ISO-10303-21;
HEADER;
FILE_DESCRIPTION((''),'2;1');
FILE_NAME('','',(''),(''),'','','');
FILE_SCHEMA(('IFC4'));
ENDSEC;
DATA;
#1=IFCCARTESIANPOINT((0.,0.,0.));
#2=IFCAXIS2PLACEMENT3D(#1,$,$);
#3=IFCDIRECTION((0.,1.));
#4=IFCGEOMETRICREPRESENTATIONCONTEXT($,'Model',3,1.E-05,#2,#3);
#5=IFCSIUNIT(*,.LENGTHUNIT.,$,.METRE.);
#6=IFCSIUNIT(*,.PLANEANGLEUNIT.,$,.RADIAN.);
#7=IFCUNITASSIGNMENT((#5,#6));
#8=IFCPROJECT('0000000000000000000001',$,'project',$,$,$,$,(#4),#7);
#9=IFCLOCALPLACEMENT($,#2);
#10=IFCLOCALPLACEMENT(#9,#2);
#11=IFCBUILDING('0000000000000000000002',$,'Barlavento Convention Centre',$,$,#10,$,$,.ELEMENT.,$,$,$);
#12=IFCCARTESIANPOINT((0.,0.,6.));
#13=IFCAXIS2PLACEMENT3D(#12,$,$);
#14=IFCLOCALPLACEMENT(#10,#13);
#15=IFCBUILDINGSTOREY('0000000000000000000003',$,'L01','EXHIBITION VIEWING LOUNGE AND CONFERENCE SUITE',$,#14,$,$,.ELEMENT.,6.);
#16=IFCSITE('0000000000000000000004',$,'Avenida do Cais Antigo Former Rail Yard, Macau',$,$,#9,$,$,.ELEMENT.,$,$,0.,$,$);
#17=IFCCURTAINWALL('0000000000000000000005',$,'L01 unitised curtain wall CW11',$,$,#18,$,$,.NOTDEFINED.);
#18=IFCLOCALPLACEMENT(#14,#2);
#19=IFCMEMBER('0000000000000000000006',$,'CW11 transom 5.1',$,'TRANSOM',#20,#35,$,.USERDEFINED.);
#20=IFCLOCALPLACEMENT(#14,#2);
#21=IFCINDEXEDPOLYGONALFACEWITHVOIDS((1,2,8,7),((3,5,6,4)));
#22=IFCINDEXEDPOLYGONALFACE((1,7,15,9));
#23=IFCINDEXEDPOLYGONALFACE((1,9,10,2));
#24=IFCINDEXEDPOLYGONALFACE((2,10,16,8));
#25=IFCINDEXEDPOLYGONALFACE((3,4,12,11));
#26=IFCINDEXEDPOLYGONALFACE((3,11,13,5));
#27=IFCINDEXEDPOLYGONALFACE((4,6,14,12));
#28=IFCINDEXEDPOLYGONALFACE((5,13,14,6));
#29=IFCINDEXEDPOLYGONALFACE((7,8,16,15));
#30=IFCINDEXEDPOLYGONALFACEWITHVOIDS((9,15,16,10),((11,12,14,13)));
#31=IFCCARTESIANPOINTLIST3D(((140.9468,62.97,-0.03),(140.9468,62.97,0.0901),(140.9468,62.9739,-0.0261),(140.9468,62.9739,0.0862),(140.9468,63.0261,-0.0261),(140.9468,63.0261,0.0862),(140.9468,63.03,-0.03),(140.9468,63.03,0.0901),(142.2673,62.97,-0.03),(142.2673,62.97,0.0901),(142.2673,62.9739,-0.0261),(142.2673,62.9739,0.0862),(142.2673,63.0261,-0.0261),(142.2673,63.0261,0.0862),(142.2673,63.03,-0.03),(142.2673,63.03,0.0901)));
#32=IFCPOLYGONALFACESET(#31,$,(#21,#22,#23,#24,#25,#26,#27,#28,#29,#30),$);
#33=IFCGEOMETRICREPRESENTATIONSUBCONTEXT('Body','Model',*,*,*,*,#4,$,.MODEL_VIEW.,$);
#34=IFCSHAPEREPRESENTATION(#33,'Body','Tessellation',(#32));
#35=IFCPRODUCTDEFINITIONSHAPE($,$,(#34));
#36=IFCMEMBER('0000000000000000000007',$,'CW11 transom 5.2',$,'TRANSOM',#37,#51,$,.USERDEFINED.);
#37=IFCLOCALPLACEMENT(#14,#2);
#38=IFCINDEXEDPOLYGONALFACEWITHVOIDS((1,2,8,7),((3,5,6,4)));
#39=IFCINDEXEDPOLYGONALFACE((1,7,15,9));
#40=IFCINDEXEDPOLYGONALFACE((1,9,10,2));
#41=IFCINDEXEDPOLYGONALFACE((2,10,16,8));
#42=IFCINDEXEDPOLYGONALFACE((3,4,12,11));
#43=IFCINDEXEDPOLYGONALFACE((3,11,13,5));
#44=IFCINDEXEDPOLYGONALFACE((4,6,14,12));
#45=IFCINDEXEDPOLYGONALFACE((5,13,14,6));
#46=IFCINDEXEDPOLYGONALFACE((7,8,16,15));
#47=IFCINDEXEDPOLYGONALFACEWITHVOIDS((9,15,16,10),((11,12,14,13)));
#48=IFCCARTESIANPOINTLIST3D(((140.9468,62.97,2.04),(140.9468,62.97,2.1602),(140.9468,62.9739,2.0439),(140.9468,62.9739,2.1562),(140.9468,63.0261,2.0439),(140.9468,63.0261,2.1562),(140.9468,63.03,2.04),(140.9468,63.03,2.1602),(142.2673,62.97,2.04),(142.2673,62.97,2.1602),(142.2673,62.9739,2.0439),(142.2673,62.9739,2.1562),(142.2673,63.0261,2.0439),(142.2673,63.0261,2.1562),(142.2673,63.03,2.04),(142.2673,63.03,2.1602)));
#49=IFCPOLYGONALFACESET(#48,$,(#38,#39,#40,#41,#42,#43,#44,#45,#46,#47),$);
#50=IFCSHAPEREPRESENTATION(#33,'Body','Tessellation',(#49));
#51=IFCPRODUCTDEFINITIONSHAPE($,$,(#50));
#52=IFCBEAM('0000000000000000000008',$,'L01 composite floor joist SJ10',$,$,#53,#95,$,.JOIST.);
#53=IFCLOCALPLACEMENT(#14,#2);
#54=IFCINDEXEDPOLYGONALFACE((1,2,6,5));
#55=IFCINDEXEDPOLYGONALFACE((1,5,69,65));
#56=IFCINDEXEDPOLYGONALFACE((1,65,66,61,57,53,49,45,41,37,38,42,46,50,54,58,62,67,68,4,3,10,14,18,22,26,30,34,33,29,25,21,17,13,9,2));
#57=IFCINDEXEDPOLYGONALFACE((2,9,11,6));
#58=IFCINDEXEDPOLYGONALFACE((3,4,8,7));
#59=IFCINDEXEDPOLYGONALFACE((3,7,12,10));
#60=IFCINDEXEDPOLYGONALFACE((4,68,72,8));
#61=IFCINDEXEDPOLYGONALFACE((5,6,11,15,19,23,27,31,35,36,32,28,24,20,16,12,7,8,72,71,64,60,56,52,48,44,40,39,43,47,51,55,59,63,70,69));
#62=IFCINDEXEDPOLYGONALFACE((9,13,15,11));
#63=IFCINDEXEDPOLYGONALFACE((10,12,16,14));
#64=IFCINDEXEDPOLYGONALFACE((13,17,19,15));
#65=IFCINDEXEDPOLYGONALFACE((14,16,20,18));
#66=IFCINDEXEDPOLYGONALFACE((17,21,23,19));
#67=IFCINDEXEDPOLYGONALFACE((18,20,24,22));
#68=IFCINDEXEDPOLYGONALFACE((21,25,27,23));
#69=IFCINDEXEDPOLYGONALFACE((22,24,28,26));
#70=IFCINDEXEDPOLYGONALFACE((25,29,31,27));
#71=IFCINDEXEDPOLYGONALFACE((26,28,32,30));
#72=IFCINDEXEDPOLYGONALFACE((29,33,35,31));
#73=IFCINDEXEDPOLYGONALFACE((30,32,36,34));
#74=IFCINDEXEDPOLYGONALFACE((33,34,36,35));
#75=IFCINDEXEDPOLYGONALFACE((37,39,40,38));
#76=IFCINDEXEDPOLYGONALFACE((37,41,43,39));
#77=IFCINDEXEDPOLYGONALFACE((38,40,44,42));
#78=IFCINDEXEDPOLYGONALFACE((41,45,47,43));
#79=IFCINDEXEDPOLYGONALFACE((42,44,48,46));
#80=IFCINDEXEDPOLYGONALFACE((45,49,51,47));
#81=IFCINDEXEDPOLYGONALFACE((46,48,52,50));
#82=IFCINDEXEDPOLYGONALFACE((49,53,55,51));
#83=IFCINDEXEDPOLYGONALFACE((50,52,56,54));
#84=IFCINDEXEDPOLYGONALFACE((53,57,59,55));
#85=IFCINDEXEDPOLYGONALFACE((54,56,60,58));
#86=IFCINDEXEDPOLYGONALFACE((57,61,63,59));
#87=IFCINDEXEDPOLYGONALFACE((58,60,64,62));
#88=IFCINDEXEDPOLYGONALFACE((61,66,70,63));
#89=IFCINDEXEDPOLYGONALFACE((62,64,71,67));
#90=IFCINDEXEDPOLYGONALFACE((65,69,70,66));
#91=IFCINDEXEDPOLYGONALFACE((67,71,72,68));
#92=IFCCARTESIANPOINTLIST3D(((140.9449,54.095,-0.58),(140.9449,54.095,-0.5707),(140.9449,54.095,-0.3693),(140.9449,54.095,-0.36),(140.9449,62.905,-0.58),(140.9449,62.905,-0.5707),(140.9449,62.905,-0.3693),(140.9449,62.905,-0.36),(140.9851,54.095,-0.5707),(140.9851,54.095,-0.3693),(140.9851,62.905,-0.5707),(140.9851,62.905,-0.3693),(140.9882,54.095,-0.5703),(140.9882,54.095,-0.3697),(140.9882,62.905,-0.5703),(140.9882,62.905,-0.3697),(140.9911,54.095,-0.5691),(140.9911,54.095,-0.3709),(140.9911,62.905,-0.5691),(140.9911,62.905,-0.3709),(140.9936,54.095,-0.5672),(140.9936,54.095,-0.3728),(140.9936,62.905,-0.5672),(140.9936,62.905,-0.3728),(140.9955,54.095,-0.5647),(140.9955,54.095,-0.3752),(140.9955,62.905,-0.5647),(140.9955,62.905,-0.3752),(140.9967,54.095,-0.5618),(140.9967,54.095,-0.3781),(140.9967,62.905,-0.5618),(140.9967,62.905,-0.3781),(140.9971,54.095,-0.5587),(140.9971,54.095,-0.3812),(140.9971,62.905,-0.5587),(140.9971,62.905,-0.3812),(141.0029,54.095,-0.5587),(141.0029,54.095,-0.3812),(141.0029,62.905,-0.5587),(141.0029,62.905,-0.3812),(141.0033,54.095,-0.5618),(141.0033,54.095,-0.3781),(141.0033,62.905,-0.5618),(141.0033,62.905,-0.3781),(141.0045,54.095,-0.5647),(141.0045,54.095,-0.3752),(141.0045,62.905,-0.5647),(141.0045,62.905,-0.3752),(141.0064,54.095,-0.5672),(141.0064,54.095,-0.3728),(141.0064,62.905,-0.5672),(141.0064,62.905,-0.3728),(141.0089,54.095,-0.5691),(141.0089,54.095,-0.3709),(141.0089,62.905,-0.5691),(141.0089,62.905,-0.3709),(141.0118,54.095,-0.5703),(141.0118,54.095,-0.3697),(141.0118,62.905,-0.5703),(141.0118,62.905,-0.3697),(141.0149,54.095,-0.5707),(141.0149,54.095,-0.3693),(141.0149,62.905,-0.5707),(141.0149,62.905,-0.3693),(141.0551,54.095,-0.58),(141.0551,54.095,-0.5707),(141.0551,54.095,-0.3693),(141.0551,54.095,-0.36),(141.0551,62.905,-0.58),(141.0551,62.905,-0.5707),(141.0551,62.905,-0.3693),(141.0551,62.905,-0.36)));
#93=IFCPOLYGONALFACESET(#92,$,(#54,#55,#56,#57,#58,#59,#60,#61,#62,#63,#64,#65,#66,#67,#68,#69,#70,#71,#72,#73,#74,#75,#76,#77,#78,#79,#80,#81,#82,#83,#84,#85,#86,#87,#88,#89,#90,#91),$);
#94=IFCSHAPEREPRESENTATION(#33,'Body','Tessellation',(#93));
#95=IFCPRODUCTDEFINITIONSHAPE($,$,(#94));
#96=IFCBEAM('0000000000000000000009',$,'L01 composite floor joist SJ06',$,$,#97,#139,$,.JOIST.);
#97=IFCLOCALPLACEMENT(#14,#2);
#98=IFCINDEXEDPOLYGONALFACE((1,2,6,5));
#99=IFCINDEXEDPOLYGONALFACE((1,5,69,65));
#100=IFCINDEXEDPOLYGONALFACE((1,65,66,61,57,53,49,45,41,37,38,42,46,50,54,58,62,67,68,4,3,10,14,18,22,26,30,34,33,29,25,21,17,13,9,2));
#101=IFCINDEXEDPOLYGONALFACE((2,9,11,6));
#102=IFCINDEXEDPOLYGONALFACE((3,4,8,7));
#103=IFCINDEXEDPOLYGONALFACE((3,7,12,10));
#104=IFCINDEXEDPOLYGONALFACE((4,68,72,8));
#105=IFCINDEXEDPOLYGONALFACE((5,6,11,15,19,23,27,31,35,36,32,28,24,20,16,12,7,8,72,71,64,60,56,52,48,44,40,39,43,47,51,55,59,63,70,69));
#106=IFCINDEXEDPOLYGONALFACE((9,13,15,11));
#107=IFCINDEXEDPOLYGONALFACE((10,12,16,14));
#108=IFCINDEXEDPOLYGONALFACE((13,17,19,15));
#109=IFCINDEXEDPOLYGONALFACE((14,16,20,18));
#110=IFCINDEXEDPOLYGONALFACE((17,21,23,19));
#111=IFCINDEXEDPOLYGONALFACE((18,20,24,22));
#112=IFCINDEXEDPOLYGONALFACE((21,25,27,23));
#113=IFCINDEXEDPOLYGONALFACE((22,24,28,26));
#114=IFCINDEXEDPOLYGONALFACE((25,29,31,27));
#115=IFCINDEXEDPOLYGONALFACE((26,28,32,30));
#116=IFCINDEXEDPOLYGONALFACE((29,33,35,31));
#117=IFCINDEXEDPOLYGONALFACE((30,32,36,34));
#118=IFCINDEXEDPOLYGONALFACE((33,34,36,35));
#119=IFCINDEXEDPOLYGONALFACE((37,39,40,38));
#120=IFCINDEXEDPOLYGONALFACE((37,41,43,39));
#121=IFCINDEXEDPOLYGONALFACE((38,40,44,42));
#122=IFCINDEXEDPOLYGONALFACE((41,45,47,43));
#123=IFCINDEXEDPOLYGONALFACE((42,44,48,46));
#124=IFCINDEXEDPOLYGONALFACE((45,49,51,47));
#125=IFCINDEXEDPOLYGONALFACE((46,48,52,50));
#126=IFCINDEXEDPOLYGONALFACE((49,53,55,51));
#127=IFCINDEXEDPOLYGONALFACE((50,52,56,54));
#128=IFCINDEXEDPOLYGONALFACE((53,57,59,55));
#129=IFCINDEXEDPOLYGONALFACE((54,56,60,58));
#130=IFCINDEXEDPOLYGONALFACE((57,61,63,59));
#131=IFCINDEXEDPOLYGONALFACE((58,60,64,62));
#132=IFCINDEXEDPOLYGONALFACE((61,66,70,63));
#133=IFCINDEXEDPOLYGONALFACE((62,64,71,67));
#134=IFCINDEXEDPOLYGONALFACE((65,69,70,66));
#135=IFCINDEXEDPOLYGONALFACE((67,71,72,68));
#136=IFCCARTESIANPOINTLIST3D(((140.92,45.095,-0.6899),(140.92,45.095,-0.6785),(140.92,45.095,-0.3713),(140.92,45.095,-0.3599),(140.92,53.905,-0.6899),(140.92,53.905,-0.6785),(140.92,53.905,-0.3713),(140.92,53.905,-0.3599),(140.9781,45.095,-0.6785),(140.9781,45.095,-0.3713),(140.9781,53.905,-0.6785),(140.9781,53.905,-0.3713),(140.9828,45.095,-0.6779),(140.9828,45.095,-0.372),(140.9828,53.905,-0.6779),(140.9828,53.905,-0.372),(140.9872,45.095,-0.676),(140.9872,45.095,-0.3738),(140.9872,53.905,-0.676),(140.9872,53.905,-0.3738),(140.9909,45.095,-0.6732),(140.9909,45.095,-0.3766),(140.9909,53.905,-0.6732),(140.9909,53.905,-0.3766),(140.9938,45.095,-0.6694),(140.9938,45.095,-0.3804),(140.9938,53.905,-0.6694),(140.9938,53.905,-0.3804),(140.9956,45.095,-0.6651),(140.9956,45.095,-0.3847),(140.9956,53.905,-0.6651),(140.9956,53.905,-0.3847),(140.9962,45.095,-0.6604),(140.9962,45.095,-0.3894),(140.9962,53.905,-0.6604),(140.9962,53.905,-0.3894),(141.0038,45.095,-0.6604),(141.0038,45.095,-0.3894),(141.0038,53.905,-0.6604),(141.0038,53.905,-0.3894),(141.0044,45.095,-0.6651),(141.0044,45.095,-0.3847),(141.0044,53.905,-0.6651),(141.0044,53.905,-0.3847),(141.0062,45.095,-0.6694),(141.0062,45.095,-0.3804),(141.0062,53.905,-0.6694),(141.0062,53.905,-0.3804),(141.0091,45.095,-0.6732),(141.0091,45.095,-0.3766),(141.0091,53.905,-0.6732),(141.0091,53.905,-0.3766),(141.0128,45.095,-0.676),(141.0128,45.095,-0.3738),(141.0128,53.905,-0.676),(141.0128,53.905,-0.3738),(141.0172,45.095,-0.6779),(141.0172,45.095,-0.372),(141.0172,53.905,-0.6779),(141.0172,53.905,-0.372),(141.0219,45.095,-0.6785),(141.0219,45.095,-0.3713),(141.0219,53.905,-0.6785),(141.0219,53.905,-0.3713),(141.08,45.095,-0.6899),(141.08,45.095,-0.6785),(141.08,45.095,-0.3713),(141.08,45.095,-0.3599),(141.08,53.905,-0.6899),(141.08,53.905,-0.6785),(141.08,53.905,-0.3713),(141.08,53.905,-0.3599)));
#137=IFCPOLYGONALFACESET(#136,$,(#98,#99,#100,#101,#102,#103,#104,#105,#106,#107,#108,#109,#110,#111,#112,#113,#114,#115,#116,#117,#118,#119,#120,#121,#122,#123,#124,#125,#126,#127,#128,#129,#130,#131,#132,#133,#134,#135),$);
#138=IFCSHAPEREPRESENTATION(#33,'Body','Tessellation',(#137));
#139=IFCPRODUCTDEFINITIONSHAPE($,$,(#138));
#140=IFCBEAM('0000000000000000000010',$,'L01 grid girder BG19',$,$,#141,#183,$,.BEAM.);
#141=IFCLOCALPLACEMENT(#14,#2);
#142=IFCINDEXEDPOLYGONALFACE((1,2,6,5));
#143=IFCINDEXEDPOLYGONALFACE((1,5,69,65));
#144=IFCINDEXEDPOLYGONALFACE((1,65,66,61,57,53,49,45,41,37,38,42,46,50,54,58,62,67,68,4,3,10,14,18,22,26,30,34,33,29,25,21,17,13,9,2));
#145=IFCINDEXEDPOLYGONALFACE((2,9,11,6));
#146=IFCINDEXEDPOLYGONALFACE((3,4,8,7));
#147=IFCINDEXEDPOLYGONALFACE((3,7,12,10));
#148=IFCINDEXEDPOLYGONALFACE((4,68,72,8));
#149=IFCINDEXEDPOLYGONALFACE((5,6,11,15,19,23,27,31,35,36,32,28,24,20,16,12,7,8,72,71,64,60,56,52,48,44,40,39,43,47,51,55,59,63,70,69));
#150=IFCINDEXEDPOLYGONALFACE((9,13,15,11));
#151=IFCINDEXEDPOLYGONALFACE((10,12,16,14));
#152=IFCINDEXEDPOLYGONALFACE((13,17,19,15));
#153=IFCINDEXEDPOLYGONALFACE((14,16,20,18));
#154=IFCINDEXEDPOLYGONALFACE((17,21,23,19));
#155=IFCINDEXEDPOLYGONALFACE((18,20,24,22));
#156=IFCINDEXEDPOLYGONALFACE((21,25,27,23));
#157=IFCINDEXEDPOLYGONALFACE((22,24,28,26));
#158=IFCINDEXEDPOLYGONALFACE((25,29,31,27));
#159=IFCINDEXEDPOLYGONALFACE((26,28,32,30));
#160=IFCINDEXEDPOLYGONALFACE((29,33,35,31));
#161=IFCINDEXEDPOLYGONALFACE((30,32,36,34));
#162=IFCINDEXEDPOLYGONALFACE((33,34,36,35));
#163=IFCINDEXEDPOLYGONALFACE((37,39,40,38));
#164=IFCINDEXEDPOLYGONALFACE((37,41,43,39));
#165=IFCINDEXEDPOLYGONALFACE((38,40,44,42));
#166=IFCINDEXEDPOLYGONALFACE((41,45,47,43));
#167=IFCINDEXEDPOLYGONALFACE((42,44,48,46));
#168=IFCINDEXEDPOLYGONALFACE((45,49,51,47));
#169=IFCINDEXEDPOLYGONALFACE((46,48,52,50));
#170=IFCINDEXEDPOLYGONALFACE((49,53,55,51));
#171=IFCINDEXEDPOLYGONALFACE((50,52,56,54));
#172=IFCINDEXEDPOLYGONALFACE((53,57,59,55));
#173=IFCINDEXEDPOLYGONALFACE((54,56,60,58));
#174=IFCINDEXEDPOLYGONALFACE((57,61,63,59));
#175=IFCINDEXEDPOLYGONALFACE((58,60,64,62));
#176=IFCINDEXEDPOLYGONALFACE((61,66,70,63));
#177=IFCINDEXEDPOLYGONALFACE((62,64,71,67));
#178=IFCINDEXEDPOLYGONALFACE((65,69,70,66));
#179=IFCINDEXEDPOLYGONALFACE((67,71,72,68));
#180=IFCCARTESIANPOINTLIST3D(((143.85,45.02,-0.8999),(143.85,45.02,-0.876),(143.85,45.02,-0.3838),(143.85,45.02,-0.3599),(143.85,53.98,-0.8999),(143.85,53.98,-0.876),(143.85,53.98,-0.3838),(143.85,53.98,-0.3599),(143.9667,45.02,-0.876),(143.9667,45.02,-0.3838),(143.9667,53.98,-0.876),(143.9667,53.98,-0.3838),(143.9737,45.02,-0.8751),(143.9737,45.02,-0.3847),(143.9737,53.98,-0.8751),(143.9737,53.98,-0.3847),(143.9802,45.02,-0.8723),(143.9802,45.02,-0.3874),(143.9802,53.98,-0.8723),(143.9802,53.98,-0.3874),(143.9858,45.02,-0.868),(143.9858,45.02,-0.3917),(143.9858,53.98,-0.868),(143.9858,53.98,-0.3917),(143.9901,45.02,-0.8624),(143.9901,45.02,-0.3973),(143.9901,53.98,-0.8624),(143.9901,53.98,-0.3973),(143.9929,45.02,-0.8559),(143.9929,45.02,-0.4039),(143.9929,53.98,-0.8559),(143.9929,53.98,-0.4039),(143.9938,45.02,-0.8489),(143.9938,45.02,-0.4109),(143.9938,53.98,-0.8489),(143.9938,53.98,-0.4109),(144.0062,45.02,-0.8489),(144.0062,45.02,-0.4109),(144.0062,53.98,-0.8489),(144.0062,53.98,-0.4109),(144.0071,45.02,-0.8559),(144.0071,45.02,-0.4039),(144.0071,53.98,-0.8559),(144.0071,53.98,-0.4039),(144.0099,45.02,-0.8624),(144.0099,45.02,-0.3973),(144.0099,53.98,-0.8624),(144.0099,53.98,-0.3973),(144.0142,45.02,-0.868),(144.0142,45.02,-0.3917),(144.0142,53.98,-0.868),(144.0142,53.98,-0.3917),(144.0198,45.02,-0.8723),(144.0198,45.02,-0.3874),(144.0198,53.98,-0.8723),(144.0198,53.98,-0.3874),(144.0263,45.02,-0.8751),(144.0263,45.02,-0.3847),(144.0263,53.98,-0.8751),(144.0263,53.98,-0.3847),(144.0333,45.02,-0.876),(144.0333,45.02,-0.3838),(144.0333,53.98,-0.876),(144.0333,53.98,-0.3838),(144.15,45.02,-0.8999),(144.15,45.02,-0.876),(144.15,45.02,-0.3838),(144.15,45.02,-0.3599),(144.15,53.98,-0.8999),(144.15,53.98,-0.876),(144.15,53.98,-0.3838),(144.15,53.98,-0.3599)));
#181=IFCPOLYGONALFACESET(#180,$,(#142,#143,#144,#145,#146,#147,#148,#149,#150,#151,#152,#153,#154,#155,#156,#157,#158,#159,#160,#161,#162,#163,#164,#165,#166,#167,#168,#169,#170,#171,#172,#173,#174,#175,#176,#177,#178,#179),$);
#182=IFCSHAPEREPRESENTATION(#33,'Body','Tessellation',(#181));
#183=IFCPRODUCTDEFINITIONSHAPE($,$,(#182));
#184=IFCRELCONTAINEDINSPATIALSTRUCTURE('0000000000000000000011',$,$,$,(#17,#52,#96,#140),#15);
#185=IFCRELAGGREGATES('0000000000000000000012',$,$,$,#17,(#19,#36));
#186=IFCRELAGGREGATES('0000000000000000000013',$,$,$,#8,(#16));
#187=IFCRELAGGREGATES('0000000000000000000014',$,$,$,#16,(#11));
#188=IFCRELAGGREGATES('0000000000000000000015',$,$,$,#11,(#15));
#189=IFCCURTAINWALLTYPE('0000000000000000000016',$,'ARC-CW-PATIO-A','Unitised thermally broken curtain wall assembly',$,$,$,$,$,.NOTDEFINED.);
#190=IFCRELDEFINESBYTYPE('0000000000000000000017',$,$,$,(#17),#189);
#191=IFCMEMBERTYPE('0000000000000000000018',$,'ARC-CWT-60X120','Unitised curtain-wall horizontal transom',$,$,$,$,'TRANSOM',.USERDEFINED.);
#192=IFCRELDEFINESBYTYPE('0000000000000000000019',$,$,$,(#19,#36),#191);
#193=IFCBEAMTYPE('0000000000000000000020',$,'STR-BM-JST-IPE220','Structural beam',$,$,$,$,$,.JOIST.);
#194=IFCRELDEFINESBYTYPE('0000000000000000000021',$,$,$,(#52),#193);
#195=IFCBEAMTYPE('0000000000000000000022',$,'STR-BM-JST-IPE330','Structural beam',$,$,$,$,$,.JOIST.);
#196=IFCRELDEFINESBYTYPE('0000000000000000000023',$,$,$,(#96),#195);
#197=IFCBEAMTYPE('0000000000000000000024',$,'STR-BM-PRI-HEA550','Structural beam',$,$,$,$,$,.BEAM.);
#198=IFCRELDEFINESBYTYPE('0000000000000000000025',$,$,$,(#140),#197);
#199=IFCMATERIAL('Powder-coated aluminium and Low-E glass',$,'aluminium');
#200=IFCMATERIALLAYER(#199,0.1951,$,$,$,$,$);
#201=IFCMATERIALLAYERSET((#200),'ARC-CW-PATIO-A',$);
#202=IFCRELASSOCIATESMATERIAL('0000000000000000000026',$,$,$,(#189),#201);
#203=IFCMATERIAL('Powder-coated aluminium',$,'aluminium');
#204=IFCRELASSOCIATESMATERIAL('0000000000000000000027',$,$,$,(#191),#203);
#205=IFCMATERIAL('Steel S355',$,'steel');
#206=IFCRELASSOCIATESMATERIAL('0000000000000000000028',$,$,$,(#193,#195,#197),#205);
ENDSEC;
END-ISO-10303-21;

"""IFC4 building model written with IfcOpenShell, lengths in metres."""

from ifc_helpers import new_model, si_unit, direction, frame, origin, origin_2d, place, context, subcontext, project, spatial, hollow_rectangle, i_section, extrude, material, layer, layer_set, material_profile, profile_set, type_object, element, aggregate, save


model = new_model("IFC4")

# Units and contexts
model_context = context("Model", 3, precision=1e-05, world=origin(), true_north=direction((0.0, 1.0)))
body_context = subcontext(model_context, "Body", "Model", "MODEL_VIEW")
ifc_project = project(units=[si_unit("LENGTHUNIT", "METRE"), si_unit("PLANEANGLEUNIT", "RADIAN")], contexts=[model_context])

# Site, building, storey
site_placement = place(None, origin())
site = spatial("IfcSite", under=ifc_project, at=site_placement, Name="Avenida do Cais Antigo Former Rail Yard, Macau", CompositionType="ELEMENT", RefElevation=0.0)
building_placement = place(site_placement, origin())
building = spatial("IfcBuilding", under=site, at=building_placement, Name="Barlavento Convention Centre", CompositionType="ELEMENT")
storey_placement = place(building_placement, frame((0.0, 0.0, 6.0)))
storey = spatial("IfcBuildingStorey", under=building, at=storey_placement, Name="L01", Description="EXHIBITION VIEWING LOUNGE AND CONFERENCE SUITE", CompositionType="ELEMENT", Elevation=6.0)

# Curtain wall, members
ifc_material_1 = material(Name="Powder-coated aluminium and Low-E glass", Category="aluminium")
ifc_layer_1 = layer(ifc_material_1, 0.1951)
ifc_layer_set_1 = layer_set([ifc_layer_1], Name="ARC-CW-PATIO-A")
curtain_wall_type = type_object("IfcCurtainWallType", Name="ARC-CW-PATIO-A", Description="Unitised thermally broken curtain wall assembly", PredefinedType="NOTDEFINED", material=ifc_layer_set_1)
curtain_wall_placement = place(storey_placement, origin())
curtain_wall = element("IfcCurtainWall", 1, at=curtain_wall_placement, inside=storey, type_object=curtain_wall_type, Name="L01 unitised curtain wall CW11", PredefinedType="NOTDEFINED")
ifc_material_2 = material(Name="Powder-coated aluminium", Category="aluminium")
ifc_material_profile_1 = material_profile(ifc_material_2, hollow_rectangle(XDim=0.0601, YDim=0.1201, WallThickness=0.0039, at=origin_2d()), Name="AL-TRAN 60x120x4")
ifc_profile_set_1 = profile_set([ifc_material_profile_1], Name="Powder-coated aluminium")
member_type_1 = type_object("IfcMemberType", Name="ARC-CWT-60X120", Description="Unitised curtain-wall horizontal transom", ElementType="TRANSOM", PredefinedType="USERDEFINED", material=ifc_profile_set_1)
member_1_placement = place(storey_placement, frame((140.9468, 63.0, 0.03), z_axis=(1.0, 0.0, 0.0), x_axis=(0.0, 1.0, 0.0)))
member_1 = element("IfcMember", 2, at=member_1_placement, type_object=member_type_1, Name="CW11 transom 5.1", ObjectType="TRANSOM", PredefinedType="USERDEFINED", context=body_context, shape_type="SweptSolid", body=[
    extrude(hollow_rectangle(XDim=0.0601, YDim=0.1201, WallThickness=0.0039, at=origin_2d()), origin(), (0.0, 0.0, 1.0), 1.3206),
])
member_2_placement = place(storey_placement, frame((140.9468, 63.0, 2.1001), z_axis=(1.0, 0.0, 0.0), x_axis=(0.0, 1.0, 0.0)))
member_2 = element("IfcMember", 3, at=member_2_placement, type_object=member_type_1, Name="CW11 transom 5.2", ObjectType="TRANSOM", PredefinedType="USERDEFINED", context=body_context, shape_type="SweptSolid", body=[
    extrude(hollow_rectangle(XDim=0.0601, YDim=0.1201, WallThickness=0.0039, at=origin_2d()), origin(), (0.0, 0.0, 1.0), 1.3206),
])

# Beams
ifc_material_3 = material(Name="Steel S355", Category="steel")
ifc_material_profile_2 = material_profile(ifc_material_3, i_section(OverallWidth=0.1101, OverallDepth=0.22, WebThickness=0.0059, FlangeThickness=0.0093, FilletRadius=0.012, at=origin_2d()), Name="IPE 220")
ifc_profile_set_2 = profile_set([ifc_material_profile_2], Name="Steel S355")
beam_type_1 = type_object("IfcBeamType", Name="STR-BM-JST-IPE220", Description="Structural beam", PredefinedType="JOIST", material=ifc_profile_set_2)
beam_1_placement = place(storey_placement, frame((141.0, 54.095, -0.47), z_axis=(0.0, 1.0, 0.0), x_axis=(-1.0, 0.0, 0.0)))
element("IfcBeam", 4, at=beam_1_placement, inside=storey, type_object=beam_type_1, Name="L01 composite floor joist SJ10", PredefinedType="JOIST", context=body_context, shape_type="SweptSolid", body=[
    extrude(i_section(OverallWidth=0.1101, OverallDepth=0.22, WebThickness=0.0059, FlangeThickness=0.0093, FilletRadius=0.012, at=origin_2d()), origin(), (0.0, 0.0, 1.0), 8.8101),
])
ifc_material_profile_3 = material_profile(ifc_material_3, i_section(OverallWidth=0.1599, OverallDepth=0.3301, WebThickness=0.0076, FlangeThickness=0.0115, FilletRadius=0.0181, at=origin_2d()), Name="IPE 330")
ifc_profile_set_3 = profile_set([ifc_material_profile_3], Name="Steel S355")
beam_type_2 = type_object("IfcBeamType", Name="STR-BM-JST-IPE330", Description="Structural beam", PredefinedType="JOIST", material=ifc_profile_set_3)
beam_2_placement = place(storey_placement, frame((141.0, 45.095, -0.5249), z_axis=(0.0, 1.0, 0.0), x_axis=(-1.0, 0.0, 0.0)))
element("IfcBeam", 5, at=beam_2_placement, inside=storey, type_object=beam_type_2, Name="L01 composite floor joist SJ06", PredefinedType="JOIST", context=body_context, shape_type="SweptSolid", body=[
    extrude(i_section(OverallWidth=0.1599, OverallDepth=0.3301, WebThickness=0.0076, FlangeThickness=0.0115, FilletRadius=0.0181, at=origin_2d()), origin(), (0.0, 0.0, 1.0), 8.8101),
])
ifc_material_profile_4 = material_profile(ifc_material_3, i_section(OverallWidth=0.3, OverallDepth=0.54, WebThickness=0.0125, FlangeThickness=0.0239, FilletRadius=0.0271, at=origin_2d()), Name="HEA 550")
ifc_profile_set_4 = profile_set([ifc_material_profile_4], Name="Steel S355")
beam_type_3 = type_object("IfcBeamType", Name="STR-BM-PRI-HEA550", Description="Structural beam", PredefinedType="BEAM", material=ifc_profile_set_4)
for number, where, z_axis, x_axis, name in (
    (6, (144.0, 45.02, -0.6299), (0.0, 1.0, 0.0), (-1.0, 0.0, 0.0), "L01 grid girder BG19"),
):
    element("IfcBeam", number, at=place(storey_placement, frame(where, z_axis=z_axis, x_axis=x_axis)), inside=storey, type_object=beam_type_3, Name=name, PredefinedType="BEAM", context=body_context, shape_type="SweptSolid", body=[
        extrude(i_section(OverallWidth=0.3, OverallDepth=0.54, WebThickness=0.0125, FlangeThickness=0.0239, FilletRadius=0.0271, at=origin_2d()), origin(), (0.0, 0.0, 1.0), 8.96),
    ])

aggregate(curtain_wall, [member_1, member_2])

save(model, "model.ifc")
